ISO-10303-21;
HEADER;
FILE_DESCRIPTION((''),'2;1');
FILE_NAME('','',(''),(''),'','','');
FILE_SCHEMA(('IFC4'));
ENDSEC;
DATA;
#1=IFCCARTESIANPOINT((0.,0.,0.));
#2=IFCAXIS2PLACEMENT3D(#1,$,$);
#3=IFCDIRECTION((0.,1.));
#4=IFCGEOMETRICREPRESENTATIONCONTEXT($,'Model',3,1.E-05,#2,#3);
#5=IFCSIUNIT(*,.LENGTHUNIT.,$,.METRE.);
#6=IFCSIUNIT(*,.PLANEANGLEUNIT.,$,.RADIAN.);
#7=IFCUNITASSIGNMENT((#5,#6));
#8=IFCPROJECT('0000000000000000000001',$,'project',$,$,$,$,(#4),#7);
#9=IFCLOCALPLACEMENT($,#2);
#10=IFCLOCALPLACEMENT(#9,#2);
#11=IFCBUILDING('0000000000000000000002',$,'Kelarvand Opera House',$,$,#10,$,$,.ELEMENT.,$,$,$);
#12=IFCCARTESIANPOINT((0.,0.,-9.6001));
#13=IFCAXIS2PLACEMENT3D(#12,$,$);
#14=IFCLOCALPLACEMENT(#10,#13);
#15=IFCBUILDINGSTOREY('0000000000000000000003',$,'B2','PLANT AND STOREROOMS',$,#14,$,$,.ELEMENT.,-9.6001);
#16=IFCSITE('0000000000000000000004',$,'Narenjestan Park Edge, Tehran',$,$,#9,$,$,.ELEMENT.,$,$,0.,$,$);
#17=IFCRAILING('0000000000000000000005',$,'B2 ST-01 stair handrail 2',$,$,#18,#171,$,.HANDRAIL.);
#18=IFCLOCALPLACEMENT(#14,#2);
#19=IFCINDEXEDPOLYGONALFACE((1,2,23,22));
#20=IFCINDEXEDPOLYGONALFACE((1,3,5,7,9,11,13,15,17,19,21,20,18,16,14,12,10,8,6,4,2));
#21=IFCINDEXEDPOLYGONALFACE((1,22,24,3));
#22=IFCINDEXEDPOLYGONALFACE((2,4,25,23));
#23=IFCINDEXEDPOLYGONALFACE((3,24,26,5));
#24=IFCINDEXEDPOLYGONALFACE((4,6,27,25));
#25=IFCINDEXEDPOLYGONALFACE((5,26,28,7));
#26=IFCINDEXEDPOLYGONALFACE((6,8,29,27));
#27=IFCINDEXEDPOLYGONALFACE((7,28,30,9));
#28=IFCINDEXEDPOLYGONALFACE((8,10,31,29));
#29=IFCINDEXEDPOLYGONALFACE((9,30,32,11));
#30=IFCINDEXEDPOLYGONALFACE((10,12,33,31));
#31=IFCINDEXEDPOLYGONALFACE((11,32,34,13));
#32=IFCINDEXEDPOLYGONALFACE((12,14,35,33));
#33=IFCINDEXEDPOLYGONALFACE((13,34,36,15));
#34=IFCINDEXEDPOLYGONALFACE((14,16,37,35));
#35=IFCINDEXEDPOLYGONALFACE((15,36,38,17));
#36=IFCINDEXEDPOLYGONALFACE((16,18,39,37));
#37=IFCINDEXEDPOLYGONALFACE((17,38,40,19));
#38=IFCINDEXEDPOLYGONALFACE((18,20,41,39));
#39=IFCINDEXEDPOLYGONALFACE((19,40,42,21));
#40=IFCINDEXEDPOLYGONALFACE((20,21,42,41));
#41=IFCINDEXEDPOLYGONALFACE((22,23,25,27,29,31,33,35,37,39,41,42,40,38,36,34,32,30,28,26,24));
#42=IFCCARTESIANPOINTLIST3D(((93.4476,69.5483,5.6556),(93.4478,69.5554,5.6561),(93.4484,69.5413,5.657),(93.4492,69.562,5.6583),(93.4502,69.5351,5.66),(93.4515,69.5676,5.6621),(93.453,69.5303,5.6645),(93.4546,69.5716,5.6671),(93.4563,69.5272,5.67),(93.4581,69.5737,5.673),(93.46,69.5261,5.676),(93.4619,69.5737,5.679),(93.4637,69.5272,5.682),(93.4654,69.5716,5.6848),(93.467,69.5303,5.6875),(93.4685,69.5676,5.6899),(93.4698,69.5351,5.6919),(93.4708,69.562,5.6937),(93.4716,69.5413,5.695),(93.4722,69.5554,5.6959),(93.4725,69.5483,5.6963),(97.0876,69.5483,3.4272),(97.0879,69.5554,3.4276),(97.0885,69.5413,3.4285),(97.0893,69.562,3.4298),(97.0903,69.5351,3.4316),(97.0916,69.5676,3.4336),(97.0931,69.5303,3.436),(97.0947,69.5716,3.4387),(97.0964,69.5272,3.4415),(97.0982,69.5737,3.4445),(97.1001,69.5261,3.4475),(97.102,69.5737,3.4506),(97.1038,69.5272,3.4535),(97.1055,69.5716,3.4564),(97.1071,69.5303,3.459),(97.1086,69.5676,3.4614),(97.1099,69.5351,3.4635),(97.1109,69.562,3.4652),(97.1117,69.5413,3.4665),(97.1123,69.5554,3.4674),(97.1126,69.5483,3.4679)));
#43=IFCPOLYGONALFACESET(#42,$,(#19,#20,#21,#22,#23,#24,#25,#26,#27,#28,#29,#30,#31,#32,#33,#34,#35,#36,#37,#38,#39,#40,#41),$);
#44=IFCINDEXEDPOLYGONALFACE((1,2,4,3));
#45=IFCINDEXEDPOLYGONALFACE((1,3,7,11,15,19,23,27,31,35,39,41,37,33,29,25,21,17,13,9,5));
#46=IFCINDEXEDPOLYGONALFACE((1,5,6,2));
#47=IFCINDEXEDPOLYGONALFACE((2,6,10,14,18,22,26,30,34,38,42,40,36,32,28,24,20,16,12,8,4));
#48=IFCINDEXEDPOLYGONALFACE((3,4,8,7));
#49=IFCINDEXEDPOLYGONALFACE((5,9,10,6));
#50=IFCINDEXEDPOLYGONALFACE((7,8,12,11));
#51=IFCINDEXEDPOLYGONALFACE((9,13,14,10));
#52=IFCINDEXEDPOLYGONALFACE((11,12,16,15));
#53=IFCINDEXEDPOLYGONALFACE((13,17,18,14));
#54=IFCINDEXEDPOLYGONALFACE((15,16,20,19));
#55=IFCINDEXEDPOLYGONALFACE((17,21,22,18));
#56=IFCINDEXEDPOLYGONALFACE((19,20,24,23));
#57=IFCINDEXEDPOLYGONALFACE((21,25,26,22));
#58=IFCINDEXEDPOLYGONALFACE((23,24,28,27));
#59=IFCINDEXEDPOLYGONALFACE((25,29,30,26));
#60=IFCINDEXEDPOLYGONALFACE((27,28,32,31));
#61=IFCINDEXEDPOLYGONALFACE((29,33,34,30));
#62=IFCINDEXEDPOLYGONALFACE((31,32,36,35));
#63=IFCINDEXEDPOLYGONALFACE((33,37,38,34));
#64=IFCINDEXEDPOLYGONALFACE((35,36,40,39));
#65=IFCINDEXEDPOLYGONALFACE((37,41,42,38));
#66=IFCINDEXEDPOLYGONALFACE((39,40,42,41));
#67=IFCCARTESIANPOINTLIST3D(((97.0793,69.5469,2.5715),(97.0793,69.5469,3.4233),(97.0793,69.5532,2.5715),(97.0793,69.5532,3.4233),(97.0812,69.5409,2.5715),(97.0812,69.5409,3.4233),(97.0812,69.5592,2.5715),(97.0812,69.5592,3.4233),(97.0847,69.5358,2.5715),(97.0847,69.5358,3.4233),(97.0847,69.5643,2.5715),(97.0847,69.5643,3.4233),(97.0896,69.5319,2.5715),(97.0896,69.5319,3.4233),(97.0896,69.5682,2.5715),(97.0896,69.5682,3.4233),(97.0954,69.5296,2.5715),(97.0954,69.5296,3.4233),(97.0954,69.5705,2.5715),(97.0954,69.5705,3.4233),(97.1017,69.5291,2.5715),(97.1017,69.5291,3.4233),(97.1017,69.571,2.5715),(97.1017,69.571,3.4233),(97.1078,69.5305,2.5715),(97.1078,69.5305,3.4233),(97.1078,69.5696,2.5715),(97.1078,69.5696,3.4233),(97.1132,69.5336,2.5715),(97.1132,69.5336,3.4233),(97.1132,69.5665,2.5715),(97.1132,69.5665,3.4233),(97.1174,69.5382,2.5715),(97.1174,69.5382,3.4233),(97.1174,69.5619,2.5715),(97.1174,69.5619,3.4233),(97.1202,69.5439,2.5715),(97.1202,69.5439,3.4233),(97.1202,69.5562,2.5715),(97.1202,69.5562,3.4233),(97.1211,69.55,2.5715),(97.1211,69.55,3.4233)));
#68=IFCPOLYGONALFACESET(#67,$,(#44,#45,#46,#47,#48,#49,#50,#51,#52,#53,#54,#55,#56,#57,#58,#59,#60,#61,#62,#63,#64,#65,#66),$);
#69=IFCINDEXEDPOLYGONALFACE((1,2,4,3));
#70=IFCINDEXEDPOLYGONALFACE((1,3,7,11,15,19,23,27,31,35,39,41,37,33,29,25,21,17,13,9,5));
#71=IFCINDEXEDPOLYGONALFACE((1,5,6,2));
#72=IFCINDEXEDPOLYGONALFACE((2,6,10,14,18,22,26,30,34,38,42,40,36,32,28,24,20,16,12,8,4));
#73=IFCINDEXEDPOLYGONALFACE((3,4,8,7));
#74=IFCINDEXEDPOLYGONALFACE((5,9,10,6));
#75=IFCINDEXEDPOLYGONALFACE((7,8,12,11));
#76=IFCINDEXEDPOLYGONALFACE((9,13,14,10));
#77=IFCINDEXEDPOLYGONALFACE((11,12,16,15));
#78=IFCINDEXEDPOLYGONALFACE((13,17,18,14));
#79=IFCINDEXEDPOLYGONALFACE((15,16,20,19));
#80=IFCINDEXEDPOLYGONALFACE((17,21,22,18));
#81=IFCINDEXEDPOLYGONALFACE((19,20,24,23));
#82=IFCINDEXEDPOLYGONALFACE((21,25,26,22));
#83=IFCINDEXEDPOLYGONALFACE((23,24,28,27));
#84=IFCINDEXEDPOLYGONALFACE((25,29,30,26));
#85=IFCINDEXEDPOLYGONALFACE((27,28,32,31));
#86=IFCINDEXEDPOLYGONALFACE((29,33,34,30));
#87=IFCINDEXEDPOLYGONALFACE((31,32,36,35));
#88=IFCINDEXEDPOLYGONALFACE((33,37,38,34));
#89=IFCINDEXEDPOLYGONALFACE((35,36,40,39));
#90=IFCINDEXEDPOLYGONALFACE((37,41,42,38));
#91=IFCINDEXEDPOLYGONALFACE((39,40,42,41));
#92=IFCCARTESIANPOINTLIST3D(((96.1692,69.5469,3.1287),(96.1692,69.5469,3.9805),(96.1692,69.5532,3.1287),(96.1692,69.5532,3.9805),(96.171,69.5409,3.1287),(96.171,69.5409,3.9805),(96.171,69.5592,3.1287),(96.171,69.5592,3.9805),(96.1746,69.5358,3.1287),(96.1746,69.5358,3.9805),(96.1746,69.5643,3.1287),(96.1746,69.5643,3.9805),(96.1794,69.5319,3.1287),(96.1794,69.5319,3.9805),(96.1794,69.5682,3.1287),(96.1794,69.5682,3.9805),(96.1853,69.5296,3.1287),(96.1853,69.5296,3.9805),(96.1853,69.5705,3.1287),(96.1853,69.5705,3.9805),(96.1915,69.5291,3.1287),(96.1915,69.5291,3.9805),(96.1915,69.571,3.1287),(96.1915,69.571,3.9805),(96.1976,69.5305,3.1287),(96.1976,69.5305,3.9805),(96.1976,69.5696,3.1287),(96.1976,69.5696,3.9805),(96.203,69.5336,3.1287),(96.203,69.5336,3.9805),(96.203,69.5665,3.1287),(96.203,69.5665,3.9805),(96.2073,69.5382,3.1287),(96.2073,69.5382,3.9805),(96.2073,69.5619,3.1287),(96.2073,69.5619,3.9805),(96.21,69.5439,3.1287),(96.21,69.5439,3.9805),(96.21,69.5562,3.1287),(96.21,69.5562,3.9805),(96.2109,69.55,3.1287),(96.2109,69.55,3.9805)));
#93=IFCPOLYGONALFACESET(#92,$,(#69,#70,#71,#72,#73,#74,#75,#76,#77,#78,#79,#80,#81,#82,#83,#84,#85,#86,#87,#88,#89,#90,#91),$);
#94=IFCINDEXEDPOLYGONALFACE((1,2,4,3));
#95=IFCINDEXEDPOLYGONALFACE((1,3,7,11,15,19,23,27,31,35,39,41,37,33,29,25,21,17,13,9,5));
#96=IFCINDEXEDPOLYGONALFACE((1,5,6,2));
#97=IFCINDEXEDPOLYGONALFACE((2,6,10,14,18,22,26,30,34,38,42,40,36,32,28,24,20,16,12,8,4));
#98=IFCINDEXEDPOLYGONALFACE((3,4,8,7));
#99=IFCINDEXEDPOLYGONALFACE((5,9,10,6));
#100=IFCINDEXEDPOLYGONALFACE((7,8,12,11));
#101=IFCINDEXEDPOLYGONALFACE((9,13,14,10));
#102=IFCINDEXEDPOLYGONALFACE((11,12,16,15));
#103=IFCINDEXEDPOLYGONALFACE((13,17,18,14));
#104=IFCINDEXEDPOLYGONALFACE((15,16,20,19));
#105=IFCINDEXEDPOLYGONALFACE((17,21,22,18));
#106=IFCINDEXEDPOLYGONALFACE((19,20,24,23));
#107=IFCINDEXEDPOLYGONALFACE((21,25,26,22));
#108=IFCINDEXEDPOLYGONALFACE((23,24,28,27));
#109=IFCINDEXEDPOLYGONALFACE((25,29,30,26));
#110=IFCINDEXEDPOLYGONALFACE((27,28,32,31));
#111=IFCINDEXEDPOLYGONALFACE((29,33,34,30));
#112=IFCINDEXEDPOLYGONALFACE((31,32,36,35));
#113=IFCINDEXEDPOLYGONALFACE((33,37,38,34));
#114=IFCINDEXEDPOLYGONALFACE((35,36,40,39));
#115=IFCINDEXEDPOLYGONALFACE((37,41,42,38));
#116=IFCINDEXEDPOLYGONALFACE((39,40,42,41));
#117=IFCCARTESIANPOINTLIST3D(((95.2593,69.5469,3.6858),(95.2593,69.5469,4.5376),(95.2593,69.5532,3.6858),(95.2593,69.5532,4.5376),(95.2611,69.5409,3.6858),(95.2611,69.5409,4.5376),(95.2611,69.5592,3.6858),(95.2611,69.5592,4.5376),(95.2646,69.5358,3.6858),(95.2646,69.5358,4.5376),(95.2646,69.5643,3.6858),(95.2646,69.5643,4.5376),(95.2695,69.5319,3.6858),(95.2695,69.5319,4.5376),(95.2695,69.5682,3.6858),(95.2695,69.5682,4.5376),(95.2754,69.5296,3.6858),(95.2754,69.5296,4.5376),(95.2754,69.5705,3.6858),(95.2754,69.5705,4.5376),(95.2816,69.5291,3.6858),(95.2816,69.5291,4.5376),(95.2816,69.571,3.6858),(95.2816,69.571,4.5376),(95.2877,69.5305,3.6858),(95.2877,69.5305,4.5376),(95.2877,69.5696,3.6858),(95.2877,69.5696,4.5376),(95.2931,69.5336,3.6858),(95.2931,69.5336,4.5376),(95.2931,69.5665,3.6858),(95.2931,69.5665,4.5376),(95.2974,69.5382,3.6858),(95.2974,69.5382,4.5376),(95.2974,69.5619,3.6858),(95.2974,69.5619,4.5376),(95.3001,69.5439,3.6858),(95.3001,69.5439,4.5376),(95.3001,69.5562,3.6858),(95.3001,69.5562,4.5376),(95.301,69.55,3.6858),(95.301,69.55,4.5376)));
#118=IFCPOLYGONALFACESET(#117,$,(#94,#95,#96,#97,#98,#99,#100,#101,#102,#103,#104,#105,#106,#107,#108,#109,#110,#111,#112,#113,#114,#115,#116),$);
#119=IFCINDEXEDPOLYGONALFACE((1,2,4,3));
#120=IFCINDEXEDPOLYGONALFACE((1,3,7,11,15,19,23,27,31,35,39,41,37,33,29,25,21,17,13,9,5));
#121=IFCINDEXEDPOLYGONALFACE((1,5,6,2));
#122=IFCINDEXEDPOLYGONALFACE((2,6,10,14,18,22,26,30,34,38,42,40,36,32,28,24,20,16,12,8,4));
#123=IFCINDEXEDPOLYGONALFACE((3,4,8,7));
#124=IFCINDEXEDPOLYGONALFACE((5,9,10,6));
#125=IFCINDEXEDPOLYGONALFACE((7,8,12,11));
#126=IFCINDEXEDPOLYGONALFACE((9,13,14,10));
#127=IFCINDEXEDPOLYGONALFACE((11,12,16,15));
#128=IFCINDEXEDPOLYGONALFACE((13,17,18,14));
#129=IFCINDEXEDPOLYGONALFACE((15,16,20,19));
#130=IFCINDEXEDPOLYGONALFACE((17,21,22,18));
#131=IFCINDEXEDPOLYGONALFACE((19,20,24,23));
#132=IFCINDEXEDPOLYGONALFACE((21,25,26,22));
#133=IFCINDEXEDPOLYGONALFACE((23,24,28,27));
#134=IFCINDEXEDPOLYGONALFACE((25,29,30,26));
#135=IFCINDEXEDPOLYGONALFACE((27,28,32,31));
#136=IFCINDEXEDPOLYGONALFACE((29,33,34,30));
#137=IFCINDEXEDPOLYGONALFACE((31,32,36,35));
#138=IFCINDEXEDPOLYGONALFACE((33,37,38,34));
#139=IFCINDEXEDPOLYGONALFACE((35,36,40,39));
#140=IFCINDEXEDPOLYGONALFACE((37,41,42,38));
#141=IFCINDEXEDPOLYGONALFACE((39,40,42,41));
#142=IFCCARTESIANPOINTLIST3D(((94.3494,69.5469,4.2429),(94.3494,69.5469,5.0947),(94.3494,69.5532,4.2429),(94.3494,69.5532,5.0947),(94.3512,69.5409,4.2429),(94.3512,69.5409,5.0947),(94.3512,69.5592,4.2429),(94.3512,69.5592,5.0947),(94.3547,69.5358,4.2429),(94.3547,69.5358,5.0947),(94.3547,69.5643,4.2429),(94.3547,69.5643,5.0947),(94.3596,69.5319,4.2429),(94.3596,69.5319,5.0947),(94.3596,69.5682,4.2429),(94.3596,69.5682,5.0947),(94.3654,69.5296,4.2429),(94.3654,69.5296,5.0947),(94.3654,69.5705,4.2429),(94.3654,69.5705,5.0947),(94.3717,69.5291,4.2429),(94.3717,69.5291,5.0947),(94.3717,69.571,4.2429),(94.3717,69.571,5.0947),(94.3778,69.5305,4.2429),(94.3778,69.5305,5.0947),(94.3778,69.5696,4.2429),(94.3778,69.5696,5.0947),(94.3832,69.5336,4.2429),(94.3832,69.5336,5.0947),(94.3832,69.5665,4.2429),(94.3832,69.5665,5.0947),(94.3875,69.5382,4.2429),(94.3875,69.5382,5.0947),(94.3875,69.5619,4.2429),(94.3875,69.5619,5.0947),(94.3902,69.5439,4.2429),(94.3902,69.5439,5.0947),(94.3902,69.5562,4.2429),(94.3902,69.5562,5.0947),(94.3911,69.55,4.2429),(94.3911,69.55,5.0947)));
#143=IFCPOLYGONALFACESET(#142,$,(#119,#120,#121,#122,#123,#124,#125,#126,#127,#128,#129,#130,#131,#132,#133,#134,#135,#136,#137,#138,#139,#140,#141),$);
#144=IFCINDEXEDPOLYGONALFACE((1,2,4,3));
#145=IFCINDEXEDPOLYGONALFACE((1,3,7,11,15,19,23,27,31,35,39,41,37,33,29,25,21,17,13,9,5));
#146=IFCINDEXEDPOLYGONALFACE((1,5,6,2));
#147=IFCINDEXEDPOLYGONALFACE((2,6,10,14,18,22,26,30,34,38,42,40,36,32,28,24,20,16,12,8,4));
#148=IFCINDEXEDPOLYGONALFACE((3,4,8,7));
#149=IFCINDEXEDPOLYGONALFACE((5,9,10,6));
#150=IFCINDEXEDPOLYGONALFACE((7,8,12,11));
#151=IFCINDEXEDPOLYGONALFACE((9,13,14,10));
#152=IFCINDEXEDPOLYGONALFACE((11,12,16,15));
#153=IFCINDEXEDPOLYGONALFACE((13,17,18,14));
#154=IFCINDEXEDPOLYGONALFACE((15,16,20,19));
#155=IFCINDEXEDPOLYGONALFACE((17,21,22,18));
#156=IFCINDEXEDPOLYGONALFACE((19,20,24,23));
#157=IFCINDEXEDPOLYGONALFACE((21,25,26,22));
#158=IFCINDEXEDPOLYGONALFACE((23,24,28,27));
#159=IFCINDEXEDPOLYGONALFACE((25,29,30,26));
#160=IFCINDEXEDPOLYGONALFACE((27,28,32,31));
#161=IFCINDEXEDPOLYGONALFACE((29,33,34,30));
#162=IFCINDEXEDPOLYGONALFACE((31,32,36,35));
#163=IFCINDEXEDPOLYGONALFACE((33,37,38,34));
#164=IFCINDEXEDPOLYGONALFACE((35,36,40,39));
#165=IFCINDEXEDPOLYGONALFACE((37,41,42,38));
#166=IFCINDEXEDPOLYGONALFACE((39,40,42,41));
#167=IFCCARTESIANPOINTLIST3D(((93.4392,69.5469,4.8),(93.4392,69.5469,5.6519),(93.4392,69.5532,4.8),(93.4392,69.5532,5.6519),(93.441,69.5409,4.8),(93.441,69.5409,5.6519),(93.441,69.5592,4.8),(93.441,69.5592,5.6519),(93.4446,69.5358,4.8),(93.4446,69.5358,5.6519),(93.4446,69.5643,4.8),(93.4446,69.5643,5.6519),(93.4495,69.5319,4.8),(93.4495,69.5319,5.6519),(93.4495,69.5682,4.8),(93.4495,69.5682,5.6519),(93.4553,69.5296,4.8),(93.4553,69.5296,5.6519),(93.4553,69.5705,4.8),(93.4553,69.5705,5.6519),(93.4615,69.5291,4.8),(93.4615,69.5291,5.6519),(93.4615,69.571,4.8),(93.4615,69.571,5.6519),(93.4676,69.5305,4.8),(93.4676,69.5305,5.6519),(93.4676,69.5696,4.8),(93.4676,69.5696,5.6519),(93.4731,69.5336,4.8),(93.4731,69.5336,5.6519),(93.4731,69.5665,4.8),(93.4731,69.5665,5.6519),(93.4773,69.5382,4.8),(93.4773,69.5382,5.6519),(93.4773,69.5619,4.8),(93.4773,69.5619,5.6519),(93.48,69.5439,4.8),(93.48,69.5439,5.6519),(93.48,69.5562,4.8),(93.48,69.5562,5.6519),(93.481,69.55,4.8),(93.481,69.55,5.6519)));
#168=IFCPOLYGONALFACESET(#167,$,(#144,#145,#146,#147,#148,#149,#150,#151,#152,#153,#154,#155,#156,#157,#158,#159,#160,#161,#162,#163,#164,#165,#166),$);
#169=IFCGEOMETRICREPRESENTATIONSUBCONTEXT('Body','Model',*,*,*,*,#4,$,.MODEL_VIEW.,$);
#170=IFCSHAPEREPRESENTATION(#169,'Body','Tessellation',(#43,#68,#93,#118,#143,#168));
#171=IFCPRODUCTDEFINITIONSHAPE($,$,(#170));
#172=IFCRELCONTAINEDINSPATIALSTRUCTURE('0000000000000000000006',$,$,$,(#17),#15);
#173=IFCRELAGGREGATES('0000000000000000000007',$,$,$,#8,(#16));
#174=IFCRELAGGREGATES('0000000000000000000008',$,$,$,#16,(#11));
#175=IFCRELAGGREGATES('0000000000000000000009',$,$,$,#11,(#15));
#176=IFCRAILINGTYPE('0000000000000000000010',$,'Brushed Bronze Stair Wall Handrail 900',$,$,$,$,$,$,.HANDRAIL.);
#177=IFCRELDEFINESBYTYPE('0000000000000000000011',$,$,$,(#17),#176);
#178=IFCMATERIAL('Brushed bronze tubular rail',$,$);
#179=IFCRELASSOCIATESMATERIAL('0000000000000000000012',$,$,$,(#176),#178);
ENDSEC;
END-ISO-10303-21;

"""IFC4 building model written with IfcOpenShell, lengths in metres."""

from ifc_helpers import new_model, si_unit, direction, frame, origin, origin_2d, place, context, subcontext, project, spatial, circle, extrude, material, type_object, element, save


model = new_model("IFC4")

# Units and contexts
model_context = context("Model", 3, precision=1e-05, world=origin(), true_north=direction((0.0, 1.0)))
body_context = subcontext(model_context, "Body", "Model", "MODEL_VIEW")
ifc_project = project(units=[si_unit("LENGTHUNIT", "METRE"), si_unit("PLANEANGLEUNIT", "RADIAN")], contexts=[model_context])

# Site, building, storey
site_placement = place(None, origin())
site = spatial("IfcSite", under=ifc_project, at=site_placement, Name="Narenjestan Park Edge, Tehran", CompositionType="ELEMENT", RefElevation=0.0)
building_placement = place(site_placement, origin())
building = spatial("IfcBuilding", under=site, at=building_placement, Name="Kelarvand Opera House", CompositionType="ELEMENT")
storey_placement = place(building_placement, frame((0.0, 0.0, -9.6001)))
storey = spatial("IfcBuildingStorey", under=building, at=storey_placement, Name="B2", Description="PLANT AND STOREROOMS", CompositionType="ELEMENT", Elevation=-9.6001)

# Railing
ifc_material_1 = material(Name="Brushed bronze tubular rail")
railing_type_1 = type_object("IfcRailingType", Name="Brushed Bronze Stair Wall Handrail 900", PredefinedType="HANDRAIL", material=ifc_material_1)
railing_1_placement = place(storey_placement, frame((97.1001, 69.55, 2.5715)))
element("IfcRailing", 1, at=railing_1_placement, inside=storey, type_object=railing_type_1, Name="B2 ST-01 stair handrail 2", PredefinedType="HANDRAIL", context=body_context, shape_type="SweptSolid", body=[
    extrude(circle(Radius=0.0239, at=origin_2d()), frame((0.0, 0.0, 0.876), z_axis=(-0.852866, 0.0, 0.52213), x_axis=(0.0, -1.0, 0.0)), (0.0, 0.0, 1.0), 4.2681),
    extrude(circle(Radius=0.021, at=origin_2d()), origin(), (0.0, 0.0, 1.0), 0.8518),
    extrude(circle(Radius=0.021, at=origin_2d()), frame((-0.9102, 0.0, 0.5571)), (0.0, 0.0, 1.0), 0.8518),
    extrude(circle(Radius=0.021, at=origin_2d()), frame((-1.8201, 0.0, 1.1143)), (0.0, 0.0, 1.0), 0.8518),
    extrude(circle(Radius=0.021, at=origin_2d()), frame((-2.73, 0.0, 1.6714)), (0.0, 0.0, 1.0), 0.8518),
    extrude(circle(Radius=0.021, at=origin_2d()), frame((-3.6401, 0.0, 2.2285)), (0.0, 0.0, 1.0), 0.8518),
])

save(model, "model.ifc")
